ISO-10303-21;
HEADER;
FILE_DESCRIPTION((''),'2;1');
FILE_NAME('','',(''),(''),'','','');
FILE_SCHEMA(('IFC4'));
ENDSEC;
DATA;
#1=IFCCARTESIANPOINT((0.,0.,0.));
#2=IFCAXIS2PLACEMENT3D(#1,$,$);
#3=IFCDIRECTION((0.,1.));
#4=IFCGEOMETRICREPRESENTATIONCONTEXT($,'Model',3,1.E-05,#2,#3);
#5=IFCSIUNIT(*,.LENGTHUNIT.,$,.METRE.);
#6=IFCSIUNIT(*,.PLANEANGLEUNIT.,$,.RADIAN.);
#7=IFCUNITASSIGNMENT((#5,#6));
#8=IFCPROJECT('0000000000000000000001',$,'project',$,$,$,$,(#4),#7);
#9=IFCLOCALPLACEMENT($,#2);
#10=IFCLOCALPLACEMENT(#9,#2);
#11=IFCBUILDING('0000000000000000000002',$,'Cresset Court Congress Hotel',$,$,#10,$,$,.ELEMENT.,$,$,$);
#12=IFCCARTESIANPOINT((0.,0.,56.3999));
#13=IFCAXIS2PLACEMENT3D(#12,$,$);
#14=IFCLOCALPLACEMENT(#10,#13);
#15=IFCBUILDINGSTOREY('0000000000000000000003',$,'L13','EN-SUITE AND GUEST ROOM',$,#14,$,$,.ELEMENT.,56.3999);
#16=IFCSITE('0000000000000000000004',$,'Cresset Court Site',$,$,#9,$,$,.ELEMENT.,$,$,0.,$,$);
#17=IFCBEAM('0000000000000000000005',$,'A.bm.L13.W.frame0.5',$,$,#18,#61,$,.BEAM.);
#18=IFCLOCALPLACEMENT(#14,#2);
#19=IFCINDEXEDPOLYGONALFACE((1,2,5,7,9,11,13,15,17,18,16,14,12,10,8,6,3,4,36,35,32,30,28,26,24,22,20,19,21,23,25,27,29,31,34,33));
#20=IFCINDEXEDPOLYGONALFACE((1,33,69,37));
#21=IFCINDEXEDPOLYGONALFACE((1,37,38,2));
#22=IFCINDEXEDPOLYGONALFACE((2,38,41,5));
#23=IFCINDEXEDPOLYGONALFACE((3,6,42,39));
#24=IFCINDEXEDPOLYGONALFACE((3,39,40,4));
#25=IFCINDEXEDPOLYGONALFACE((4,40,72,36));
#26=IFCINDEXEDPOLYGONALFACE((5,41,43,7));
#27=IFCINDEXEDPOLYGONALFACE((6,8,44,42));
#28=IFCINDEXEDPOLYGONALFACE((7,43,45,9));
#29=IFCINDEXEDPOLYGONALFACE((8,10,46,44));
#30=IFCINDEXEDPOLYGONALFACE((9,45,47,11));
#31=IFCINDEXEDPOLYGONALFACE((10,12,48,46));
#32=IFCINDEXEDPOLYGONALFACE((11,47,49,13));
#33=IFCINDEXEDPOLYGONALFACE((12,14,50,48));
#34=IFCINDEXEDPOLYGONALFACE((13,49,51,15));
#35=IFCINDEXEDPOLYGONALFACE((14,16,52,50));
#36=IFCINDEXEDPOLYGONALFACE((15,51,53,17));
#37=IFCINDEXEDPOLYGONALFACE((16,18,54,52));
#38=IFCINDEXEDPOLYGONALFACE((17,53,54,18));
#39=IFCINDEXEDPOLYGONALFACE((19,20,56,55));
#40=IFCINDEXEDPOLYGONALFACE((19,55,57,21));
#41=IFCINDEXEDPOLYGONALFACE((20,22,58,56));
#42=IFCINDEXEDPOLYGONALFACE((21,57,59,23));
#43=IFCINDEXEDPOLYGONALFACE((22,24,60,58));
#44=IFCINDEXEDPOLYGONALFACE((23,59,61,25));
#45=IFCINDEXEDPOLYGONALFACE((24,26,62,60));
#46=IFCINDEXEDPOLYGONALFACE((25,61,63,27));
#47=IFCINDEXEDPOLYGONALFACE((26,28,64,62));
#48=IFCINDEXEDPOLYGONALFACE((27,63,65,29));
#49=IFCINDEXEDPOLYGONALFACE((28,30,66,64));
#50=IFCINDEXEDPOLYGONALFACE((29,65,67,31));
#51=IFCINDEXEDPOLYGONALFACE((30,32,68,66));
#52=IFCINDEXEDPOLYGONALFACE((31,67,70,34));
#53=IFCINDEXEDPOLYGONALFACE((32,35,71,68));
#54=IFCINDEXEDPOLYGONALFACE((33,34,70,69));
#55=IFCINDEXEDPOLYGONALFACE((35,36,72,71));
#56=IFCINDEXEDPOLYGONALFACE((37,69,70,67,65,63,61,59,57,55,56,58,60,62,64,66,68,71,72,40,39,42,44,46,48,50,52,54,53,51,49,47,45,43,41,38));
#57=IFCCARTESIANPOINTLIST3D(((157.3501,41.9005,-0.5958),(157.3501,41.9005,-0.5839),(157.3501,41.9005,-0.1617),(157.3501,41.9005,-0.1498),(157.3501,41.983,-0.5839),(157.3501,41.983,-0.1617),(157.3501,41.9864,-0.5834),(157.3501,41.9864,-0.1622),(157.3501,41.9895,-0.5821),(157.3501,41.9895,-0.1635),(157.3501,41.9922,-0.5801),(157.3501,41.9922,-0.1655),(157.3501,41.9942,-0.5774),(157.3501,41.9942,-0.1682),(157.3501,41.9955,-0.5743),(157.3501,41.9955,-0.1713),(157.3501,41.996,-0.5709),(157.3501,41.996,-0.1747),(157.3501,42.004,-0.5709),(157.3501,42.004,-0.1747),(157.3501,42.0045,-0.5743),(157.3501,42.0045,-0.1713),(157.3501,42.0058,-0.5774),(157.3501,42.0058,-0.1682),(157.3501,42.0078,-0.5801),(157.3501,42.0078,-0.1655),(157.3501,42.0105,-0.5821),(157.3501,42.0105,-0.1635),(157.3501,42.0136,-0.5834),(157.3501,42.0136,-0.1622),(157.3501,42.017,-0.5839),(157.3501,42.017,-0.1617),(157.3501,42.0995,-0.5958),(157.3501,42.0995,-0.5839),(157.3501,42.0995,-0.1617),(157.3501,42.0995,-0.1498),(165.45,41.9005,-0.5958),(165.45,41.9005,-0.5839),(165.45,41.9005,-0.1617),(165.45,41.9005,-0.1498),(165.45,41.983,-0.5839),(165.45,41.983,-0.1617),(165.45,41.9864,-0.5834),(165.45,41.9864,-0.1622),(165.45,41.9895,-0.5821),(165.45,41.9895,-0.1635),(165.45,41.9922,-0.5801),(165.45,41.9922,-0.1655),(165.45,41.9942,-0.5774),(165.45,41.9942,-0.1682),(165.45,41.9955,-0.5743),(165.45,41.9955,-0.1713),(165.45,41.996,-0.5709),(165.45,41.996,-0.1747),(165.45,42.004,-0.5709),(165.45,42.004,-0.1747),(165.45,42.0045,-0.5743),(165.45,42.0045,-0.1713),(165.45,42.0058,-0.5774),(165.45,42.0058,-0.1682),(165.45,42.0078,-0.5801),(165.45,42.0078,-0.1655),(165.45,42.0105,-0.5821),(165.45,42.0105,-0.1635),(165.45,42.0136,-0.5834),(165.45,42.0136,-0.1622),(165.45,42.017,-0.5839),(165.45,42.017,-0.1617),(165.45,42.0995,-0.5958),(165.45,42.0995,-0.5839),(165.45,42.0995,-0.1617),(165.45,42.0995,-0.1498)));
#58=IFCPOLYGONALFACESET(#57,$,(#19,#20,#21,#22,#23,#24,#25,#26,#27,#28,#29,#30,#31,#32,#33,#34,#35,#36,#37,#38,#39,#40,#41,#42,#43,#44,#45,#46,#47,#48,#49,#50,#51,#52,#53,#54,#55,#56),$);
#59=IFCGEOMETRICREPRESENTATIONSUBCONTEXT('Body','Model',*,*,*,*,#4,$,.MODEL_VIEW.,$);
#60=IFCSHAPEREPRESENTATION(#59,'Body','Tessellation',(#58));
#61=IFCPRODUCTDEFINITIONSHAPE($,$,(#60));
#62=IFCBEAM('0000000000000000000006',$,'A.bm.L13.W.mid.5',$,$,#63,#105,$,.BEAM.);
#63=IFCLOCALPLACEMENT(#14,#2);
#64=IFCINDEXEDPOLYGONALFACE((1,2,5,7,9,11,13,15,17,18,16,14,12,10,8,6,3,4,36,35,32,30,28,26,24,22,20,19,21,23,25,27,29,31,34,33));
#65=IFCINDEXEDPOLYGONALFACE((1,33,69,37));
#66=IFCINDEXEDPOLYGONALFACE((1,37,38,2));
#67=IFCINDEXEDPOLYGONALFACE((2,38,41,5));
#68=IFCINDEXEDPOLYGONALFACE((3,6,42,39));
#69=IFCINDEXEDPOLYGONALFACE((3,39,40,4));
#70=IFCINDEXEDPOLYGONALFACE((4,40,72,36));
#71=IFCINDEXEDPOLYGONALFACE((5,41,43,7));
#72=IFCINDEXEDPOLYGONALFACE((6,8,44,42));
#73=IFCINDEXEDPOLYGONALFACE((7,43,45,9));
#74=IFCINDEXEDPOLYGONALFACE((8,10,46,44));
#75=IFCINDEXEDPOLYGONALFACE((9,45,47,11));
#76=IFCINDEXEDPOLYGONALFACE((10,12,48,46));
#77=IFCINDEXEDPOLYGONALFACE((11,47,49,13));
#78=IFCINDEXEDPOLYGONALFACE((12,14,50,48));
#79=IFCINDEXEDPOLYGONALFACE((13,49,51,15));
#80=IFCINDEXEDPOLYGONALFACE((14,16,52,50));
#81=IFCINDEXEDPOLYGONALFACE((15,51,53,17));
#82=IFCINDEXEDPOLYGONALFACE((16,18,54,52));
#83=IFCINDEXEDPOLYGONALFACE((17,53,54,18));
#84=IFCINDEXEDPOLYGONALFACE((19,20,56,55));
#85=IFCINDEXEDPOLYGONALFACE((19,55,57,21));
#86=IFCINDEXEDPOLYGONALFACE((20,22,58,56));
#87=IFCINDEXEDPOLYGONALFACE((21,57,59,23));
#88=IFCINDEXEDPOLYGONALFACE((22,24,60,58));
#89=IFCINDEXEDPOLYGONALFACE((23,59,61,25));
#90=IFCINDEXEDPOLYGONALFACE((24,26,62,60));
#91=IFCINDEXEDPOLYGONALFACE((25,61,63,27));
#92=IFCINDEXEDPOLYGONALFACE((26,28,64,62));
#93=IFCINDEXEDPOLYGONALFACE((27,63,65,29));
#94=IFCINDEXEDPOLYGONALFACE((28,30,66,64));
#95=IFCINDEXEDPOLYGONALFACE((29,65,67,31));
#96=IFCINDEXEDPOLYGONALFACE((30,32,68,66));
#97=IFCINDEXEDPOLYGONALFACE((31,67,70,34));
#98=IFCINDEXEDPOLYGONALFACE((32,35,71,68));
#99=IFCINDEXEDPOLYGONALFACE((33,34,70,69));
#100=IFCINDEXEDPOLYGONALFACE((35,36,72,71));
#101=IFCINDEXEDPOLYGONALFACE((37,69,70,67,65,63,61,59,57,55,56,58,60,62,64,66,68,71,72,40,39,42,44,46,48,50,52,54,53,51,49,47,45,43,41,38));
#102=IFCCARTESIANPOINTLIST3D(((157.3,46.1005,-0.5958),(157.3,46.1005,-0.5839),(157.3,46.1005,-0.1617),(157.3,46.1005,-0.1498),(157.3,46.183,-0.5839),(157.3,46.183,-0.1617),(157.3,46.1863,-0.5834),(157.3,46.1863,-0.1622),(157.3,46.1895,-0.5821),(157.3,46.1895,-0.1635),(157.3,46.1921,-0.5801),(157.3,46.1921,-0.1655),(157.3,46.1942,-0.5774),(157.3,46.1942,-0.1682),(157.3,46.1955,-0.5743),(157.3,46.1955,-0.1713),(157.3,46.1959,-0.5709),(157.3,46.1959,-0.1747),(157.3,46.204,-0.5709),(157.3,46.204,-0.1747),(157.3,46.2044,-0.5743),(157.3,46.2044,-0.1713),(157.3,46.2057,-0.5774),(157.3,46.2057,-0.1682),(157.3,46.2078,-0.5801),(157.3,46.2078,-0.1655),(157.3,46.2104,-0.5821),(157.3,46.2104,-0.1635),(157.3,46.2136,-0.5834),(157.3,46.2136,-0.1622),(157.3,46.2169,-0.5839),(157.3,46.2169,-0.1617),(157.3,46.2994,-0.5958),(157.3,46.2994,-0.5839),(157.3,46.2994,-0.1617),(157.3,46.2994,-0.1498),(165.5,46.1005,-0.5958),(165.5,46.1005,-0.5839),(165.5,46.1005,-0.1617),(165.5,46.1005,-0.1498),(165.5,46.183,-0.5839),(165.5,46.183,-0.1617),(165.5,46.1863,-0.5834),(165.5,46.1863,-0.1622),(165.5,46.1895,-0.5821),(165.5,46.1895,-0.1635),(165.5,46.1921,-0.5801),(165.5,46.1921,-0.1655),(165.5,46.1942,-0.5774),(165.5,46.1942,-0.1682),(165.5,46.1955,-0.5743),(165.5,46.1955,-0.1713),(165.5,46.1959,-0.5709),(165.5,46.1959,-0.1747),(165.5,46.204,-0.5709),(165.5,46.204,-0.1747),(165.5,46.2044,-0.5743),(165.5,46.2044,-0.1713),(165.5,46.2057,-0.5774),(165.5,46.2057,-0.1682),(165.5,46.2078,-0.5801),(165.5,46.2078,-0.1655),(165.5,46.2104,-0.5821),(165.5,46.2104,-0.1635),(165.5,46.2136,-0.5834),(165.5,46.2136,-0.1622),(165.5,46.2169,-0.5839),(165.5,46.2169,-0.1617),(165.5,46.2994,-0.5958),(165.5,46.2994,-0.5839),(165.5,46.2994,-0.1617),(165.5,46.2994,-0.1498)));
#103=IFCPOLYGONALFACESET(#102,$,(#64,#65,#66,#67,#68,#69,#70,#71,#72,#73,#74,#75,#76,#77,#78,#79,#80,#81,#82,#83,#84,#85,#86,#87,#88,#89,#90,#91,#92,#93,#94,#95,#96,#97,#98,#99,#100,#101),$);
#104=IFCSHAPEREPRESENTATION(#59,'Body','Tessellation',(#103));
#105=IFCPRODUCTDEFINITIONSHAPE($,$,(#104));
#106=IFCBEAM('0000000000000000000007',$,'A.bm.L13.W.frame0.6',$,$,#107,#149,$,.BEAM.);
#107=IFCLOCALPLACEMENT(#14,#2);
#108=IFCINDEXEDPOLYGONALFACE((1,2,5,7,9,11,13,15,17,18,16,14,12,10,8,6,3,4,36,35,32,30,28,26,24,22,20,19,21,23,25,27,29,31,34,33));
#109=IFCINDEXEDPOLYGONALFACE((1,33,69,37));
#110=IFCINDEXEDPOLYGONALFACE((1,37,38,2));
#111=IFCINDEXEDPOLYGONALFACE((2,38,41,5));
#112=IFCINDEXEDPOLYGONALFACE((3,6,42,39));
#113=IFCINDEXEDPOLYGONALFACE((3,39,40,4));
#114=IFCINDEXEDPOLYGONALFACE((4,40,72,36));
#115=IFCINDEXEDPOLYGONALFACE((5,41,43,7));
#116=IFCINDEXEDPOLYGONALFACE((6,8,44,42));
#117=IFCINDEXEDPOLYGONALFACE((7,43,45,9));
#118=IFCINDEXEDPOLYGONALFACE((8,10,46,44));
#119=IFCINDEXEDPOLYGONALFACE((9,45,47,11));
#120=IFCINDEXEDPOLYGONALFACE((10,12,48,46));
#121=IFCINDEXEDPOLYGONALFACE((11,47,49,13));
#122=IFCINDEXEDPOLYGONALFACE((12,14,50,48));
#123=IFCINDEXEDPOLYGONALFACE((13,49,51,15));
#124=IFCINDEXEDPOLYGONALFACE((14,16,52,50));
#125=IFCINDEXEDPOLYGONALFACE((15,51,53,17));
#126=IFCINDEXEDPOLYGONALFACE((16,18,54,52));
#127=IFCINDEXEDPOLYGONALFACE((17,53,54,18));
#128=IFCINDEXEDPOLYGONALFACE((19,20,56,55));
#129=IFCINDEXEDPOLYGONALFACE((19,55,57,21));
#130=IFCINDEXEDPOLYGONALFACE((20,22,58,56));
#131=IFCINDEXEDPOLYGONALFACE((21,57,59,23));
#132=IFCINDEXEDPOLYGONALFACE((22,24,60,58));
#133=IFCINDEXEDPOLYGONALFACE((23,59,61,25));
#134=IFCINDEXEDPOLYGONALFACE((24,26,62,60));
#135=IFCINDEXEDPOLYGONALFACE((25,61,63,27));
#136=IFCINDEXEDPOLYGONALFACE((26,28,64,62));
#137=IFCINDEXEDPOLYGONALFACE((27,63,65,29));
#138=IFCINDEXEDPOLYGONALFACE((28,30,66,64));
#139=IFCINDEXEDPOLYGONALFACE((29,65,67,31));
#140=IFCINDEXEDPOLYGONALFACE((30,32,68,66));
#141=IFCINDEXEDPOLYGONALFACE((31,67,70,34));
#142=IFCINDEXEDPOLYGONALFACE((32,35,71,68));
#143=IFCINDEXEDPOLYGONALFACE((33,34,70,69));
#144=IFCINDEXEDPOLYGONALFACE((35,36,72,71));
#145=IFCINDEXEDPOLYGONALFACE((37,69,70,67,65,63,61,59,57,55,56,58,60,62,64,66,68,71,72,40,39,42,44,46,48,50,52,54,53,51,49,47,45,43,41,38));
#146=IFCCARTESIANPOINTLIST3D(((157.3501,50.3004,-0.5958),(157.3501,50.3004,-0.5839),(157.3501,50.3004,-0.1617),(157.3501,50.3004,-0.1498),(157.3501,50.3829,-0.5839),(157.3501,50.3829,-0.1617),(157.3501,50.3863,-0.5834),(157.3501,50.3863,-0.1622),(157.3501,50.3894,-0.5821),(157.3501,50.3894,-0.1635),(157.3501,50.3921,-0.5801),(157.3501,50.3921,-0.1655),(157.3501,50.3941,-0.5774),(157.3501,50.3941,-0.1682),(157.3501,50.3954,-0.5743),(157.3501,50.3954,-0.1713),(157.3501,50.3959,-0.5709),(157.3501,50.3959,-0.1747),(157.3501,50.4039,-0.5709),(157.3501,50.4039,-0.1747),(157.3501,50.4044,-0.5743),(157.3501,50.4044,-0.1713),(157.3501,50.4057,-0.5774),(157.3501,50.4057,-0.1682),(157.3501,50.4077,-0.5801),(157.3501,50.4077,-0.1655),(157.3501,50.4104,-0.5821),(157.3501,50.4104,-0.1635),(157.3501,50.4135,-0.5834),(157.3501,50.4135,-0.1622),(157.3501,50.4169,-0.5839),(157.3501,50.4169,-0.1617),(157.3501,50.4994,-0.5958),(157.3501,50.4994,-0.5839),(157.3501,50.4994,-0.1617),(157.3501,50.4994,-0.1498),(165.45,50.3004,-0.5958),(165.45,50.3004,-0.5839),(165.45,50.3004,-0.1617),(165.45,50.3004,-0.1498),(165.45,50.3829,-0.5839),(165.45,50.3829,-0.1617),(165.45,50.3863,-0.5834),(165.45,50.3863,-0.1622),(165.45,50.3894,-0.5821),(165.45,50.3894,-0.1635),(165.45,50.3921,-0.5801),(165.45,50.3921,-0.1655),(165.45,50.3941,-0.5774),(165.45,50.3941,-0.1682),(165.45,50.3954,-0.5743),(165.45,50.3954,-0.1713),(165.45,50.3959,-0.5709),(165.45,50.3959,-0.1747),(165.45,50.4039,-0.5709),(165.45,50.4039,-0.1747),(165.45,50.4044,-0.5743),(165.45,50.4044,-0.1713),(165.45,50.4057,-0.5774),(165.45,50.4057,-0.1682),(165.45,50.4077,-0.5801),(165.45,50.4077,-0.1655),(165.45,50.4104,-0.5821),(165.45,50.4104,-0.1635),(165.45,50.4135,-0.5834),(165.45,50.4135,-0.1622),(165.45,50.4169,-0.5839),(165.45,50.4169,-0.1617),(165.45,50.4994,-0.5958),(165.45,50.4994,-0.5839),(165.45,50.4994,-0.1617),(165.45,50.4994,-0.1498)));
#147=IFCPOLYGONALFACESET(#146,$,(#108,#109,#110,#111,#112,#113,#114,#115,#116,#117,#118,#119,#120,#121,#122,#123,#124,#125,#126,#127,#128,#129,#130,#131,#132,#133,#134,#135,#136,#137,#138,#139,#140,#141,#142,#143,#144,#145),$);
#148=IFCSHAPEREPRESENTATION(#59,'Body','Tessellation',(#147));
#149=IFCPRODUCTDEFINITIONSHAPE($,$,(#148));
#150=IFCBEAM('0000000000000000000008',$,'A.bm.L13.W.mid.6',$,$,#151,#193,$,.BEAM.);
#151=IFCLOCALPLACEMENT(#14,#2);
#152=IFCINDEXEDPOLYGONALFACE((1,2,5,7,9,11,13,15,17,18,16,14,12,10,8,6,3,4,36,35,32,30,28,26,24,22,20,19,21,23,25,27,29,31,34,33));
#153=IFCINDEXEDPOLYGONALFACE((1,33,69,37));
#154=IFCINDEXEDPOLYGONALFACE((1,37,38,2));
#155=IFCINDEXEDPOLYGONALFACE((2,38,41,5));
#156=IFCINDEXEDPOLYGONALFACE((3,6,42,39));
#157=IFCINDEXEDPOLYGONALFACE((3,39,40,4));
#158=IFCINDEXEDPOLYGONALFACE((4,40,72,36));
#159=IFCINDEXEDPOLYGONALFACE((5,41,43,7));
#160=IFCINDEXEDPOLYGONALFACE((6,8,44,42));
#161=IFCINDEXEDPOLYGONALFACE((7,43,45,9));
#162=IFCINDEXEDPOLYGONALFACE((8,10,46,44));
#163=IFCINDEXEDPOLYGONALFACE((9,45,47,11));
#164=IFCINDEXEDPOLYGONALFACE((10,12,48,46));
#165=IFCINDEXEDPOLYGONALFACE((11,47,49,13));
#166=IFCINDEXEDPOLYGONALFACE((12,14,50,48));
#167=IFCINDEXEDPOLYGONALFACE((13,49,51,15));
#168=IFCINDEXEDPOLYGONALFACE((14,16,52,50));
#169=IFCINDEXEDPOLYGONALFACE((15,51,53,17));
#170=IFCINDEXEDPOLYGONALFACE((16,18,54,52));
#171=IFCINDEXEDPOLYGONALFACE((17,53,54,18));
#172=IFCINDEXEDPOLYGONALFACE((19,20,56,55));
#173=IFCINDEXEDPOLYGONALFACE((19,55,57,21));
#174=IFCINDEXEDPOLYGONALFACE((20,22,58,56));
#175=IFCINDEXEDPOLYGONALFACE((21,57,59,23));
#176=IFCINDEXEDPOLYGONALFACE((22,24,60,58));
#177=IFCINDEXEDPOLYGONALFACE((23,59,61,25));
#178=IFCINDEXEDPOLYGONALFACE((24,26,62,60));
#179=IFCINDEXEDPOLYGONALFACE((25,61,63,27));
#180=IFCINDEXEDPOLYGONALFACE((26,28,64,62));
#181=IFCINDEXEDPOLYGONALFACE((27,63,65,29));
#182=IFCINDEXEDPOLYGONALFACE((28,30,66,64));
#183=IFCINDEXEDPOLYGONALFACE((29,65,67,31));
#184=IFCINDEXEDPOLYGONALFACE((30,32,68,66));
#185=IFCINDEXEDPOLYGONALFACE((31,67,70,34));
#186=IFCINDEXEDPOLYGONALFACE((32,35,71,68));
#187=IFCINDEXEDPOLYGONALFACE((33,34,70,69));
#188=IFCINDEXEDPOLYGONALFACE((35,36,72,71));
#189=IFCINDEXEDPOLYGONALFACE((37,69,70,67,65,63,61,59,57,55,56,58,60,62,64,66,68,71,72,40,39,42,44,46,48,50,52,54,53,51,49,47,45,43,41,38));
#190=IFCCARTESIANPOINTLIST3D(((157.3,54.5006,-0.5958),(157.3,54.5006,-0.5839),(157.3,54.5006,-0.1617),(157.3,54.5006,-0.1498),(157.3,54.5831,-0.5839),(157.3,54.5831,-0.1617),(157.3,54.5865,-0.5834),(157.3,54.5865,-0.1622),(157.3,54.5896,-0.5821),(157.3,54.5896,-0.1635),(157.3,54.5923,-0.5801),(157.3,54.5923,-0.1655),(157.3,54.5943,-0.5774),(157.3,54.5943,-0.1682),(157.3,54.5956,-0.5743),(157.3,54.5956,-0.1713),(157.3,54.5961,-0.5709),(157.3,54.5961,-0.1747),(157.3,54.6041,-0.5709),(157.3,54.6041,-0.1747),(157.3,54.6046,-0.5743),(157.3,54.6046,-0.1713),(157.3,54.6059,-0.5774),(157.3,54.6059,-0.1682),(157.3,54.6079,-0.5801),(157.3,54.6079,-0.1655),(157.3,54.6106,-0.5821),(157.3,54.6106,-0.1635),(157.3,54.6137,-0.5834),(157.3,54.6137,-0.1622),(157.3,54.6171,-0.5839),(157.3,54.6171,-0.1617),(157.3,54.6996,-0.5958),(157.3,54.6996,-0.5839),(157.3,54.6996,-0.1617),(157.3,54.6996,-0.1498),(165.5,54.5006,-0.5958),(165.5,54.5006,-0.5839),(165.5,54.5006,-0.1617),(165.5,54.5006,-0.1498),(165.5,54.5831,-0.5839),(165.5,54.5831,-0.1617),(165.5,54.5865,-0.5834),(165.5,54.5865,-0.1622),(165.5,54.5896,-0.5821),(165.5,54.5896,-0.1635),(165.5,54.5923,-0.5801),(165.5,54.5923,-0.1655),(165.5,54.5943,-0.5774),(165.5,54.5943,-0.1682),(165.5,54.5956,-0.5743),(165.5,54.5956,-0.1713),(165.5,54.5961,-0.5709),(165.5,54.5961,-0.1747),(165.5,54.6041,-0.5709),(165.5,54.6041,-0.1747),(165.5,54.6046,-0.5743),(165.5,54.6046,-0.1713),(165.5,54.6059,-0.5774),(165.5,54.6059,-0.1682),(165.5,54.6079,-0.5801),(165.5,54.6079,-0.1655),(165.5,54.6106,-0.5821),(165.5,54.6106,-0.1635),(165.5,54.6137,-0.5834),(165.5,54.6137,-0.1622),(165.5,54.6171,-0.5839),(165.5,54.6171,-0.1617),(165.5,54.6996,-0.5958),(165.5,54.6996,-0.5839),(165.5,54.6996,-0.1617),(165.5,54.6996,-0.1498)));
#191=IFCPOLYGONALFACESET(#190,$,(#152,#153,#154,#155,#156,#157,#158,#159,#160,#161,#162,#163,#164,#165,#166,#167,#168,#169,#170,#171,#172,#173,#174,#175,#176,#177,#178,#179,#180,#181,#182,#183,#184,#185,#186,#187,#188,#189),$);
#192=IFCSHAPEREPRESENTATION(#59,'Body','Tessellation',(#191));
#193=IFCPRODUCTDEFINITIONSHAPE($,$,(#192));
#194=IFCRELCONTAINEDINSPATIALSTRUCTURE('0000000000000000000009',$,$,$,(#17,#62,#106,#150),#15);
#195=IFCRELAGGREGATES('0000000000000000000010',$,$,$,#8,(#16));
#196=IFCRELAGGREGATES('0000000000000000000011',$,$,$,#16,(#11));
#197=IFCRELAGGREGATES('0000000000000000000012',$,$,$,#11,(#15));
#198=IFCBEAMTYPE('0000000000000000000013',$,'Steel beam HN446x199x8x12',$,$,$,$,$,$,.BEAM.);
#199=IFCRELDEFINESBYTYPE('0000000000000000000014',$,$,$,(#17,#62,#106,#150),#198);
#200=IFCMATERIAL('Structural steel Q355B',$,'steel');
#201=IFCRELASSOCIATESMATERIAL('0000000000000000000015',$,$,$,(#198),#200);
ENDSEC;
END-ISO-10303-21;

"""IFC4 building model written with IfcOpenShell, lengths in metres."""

from ifc_helpers import new_model, si_unit, direction, frame, origin, origin_2d, place, context, subcontext, project, spatial, i_section, extrude, material, material_profile, profile_set, type_object, element, save


model = new_model("IFC4")

# Units and contexts
model_context = context("Model", 3, precision=1e-05, world=origin(), true_north=direction((0.0, 1.0)))
body_context = subcontext(model_context, "Body", "Model", "MODEL_VIEW")
ifc_project = project(units=[si_unit("LENGTHUNIT", "METRE"), si_unit("PLANEANGLEUNIT", "RADIAN")], contexts=[model_context])

# Site, building, storey
site_placement = place(None, origin())
site = spatial("IfcSite", under=ifc_project, at=site_placement, Name="Cresset Court Site", CompositionType="ELEMENT", RefElevation=0.0)
building_placement = place(site_placement, origin())
building = spatial("IfcBuilding", under=site, at=building_placement, Name="Cresset Court Congress Hotel", CompositionType="ELEMENT")
storey_placement = place(building_placement, frame((0.0, 0.0, 56.3999)))
storey = spatial("IfcBuildingStorey", under=building, at=storey_placement, Name="L13", Description="EN-SUITE AND GUEST ROOM", CompositionType="ELEMENT", Elevation=56.3999)

# Beams
ifc_material_1 = material(Name="Structural steel Q355B", Category="steel")
ifc_material_profile_1 = material_profile(ifc_material_1, i_section(OverallWidth=0.199, OverallDepth=0.446, WebThickness=0.0081, FlangeThickness=0.012, FilletRadius=0.0129, at=origin_2d()), Name="HN446x199x8x12")
ifc_profile_set_1 = profile_set([ifc_material_profile_1], Name="Structural steel Q355B")
beam_type_1 = type_object("IfcBeamType", Name="Steel beam HN446x199x8x12", PredefinedType="BEAM", material=ifc_profile_set_1)
beam_1_placement = place(storey_placement, frame((157.3501, 42.0, -0.3728), z_axis=(1.0, 0.0, 0.0), x_axis=(0.0, 1.0, 0.0)))
element("IfcBeam", 1, at=beam_1_placement, inside=storey, type_object=beam_type_1, Name="A.bm.L13.W.frame0.5", PredefinedType="BEAM", context=body_context, shape_type="SweptSolid", body=[
    extrude(i_section(OverallWidth=0.199, OverallDepth=0.446, WebThickness=0.0081, FlangeThickness=0.012, FilletRadius=0.0129, at=origin_2d()), origin(), (0.0, 0.0, 1.0), 8.0999),
])
beam_2_placement = place(storey_placement, frame((157.3, 46.2, -0.3728), z_axis=(1.0, 0.0, 0.0), x_axis=(0.0, 1.0, 0.0)))
element("IfcBeam", 2, at=beam_2_placement, inside=storey, type_object=beam_type_1, Name="A.bm.L13.W.mid.5", PredefinedType="BEAM", context=body_context, shape_type="SweptSolid", body=[
    extrude(i_section(OverallWidth=0.199, OverallDepth=0.446, WebThickness=0.0081, FlangeThickness=0.012, FilletRadius=0.0129, at=origin_2d()), origin(), (0.0, 0.0, 1.0), 8.2),
])
beam_3_placement = place(storey_placement, frame((157.3501, 50.3999, -0.3728), z_axis=(1.0, 0.0, 0.0), x_axis=(0.0, 1.0, 0.0)))
element("IfcBeam", 3, at=beam_3_placement, inside=storey, type_object=beam_type_1, Name="A.bm.L13.W.frame0.6", PredefinedType="BEAM", context=body_context, shape_type="SweptSolid", body=[
    extrude(i_section(OverallWidth=0.199, OverallDepth=0.446, WebThickness=0.0081, FlangeThickness=0.012, FilletRadius=0.0129, at=origin_2d()), origin(), (0.0, 0.0, 1.0), 8.0999),
])
beam_4_placement = place(storey_placement, frame((157.3, 54.6001, -0.3728), z_axis=(1.0, 0.0, 0.0), x_axis=(0.0, 1.0, 0.0)))
element("IfcBeam", 4, at=beam_4_placement, inside=storey, type_object=beam_type_1, Name="A.bm.L13.W.mid.6", PredefinedType="BEAM", context=body_context, shape_type="SweptSolid", body=[
    extrude(i_section(OverallWidth=0.199, OverallDepth=0.446, WebThickness=0.0081, FlangeThickness=0.012, FilletRadius=0.0129, at=origin_2d()), origin(), (0.0, 0.0, 1.0), 8.2),
])

save(model, "model.ifc")
